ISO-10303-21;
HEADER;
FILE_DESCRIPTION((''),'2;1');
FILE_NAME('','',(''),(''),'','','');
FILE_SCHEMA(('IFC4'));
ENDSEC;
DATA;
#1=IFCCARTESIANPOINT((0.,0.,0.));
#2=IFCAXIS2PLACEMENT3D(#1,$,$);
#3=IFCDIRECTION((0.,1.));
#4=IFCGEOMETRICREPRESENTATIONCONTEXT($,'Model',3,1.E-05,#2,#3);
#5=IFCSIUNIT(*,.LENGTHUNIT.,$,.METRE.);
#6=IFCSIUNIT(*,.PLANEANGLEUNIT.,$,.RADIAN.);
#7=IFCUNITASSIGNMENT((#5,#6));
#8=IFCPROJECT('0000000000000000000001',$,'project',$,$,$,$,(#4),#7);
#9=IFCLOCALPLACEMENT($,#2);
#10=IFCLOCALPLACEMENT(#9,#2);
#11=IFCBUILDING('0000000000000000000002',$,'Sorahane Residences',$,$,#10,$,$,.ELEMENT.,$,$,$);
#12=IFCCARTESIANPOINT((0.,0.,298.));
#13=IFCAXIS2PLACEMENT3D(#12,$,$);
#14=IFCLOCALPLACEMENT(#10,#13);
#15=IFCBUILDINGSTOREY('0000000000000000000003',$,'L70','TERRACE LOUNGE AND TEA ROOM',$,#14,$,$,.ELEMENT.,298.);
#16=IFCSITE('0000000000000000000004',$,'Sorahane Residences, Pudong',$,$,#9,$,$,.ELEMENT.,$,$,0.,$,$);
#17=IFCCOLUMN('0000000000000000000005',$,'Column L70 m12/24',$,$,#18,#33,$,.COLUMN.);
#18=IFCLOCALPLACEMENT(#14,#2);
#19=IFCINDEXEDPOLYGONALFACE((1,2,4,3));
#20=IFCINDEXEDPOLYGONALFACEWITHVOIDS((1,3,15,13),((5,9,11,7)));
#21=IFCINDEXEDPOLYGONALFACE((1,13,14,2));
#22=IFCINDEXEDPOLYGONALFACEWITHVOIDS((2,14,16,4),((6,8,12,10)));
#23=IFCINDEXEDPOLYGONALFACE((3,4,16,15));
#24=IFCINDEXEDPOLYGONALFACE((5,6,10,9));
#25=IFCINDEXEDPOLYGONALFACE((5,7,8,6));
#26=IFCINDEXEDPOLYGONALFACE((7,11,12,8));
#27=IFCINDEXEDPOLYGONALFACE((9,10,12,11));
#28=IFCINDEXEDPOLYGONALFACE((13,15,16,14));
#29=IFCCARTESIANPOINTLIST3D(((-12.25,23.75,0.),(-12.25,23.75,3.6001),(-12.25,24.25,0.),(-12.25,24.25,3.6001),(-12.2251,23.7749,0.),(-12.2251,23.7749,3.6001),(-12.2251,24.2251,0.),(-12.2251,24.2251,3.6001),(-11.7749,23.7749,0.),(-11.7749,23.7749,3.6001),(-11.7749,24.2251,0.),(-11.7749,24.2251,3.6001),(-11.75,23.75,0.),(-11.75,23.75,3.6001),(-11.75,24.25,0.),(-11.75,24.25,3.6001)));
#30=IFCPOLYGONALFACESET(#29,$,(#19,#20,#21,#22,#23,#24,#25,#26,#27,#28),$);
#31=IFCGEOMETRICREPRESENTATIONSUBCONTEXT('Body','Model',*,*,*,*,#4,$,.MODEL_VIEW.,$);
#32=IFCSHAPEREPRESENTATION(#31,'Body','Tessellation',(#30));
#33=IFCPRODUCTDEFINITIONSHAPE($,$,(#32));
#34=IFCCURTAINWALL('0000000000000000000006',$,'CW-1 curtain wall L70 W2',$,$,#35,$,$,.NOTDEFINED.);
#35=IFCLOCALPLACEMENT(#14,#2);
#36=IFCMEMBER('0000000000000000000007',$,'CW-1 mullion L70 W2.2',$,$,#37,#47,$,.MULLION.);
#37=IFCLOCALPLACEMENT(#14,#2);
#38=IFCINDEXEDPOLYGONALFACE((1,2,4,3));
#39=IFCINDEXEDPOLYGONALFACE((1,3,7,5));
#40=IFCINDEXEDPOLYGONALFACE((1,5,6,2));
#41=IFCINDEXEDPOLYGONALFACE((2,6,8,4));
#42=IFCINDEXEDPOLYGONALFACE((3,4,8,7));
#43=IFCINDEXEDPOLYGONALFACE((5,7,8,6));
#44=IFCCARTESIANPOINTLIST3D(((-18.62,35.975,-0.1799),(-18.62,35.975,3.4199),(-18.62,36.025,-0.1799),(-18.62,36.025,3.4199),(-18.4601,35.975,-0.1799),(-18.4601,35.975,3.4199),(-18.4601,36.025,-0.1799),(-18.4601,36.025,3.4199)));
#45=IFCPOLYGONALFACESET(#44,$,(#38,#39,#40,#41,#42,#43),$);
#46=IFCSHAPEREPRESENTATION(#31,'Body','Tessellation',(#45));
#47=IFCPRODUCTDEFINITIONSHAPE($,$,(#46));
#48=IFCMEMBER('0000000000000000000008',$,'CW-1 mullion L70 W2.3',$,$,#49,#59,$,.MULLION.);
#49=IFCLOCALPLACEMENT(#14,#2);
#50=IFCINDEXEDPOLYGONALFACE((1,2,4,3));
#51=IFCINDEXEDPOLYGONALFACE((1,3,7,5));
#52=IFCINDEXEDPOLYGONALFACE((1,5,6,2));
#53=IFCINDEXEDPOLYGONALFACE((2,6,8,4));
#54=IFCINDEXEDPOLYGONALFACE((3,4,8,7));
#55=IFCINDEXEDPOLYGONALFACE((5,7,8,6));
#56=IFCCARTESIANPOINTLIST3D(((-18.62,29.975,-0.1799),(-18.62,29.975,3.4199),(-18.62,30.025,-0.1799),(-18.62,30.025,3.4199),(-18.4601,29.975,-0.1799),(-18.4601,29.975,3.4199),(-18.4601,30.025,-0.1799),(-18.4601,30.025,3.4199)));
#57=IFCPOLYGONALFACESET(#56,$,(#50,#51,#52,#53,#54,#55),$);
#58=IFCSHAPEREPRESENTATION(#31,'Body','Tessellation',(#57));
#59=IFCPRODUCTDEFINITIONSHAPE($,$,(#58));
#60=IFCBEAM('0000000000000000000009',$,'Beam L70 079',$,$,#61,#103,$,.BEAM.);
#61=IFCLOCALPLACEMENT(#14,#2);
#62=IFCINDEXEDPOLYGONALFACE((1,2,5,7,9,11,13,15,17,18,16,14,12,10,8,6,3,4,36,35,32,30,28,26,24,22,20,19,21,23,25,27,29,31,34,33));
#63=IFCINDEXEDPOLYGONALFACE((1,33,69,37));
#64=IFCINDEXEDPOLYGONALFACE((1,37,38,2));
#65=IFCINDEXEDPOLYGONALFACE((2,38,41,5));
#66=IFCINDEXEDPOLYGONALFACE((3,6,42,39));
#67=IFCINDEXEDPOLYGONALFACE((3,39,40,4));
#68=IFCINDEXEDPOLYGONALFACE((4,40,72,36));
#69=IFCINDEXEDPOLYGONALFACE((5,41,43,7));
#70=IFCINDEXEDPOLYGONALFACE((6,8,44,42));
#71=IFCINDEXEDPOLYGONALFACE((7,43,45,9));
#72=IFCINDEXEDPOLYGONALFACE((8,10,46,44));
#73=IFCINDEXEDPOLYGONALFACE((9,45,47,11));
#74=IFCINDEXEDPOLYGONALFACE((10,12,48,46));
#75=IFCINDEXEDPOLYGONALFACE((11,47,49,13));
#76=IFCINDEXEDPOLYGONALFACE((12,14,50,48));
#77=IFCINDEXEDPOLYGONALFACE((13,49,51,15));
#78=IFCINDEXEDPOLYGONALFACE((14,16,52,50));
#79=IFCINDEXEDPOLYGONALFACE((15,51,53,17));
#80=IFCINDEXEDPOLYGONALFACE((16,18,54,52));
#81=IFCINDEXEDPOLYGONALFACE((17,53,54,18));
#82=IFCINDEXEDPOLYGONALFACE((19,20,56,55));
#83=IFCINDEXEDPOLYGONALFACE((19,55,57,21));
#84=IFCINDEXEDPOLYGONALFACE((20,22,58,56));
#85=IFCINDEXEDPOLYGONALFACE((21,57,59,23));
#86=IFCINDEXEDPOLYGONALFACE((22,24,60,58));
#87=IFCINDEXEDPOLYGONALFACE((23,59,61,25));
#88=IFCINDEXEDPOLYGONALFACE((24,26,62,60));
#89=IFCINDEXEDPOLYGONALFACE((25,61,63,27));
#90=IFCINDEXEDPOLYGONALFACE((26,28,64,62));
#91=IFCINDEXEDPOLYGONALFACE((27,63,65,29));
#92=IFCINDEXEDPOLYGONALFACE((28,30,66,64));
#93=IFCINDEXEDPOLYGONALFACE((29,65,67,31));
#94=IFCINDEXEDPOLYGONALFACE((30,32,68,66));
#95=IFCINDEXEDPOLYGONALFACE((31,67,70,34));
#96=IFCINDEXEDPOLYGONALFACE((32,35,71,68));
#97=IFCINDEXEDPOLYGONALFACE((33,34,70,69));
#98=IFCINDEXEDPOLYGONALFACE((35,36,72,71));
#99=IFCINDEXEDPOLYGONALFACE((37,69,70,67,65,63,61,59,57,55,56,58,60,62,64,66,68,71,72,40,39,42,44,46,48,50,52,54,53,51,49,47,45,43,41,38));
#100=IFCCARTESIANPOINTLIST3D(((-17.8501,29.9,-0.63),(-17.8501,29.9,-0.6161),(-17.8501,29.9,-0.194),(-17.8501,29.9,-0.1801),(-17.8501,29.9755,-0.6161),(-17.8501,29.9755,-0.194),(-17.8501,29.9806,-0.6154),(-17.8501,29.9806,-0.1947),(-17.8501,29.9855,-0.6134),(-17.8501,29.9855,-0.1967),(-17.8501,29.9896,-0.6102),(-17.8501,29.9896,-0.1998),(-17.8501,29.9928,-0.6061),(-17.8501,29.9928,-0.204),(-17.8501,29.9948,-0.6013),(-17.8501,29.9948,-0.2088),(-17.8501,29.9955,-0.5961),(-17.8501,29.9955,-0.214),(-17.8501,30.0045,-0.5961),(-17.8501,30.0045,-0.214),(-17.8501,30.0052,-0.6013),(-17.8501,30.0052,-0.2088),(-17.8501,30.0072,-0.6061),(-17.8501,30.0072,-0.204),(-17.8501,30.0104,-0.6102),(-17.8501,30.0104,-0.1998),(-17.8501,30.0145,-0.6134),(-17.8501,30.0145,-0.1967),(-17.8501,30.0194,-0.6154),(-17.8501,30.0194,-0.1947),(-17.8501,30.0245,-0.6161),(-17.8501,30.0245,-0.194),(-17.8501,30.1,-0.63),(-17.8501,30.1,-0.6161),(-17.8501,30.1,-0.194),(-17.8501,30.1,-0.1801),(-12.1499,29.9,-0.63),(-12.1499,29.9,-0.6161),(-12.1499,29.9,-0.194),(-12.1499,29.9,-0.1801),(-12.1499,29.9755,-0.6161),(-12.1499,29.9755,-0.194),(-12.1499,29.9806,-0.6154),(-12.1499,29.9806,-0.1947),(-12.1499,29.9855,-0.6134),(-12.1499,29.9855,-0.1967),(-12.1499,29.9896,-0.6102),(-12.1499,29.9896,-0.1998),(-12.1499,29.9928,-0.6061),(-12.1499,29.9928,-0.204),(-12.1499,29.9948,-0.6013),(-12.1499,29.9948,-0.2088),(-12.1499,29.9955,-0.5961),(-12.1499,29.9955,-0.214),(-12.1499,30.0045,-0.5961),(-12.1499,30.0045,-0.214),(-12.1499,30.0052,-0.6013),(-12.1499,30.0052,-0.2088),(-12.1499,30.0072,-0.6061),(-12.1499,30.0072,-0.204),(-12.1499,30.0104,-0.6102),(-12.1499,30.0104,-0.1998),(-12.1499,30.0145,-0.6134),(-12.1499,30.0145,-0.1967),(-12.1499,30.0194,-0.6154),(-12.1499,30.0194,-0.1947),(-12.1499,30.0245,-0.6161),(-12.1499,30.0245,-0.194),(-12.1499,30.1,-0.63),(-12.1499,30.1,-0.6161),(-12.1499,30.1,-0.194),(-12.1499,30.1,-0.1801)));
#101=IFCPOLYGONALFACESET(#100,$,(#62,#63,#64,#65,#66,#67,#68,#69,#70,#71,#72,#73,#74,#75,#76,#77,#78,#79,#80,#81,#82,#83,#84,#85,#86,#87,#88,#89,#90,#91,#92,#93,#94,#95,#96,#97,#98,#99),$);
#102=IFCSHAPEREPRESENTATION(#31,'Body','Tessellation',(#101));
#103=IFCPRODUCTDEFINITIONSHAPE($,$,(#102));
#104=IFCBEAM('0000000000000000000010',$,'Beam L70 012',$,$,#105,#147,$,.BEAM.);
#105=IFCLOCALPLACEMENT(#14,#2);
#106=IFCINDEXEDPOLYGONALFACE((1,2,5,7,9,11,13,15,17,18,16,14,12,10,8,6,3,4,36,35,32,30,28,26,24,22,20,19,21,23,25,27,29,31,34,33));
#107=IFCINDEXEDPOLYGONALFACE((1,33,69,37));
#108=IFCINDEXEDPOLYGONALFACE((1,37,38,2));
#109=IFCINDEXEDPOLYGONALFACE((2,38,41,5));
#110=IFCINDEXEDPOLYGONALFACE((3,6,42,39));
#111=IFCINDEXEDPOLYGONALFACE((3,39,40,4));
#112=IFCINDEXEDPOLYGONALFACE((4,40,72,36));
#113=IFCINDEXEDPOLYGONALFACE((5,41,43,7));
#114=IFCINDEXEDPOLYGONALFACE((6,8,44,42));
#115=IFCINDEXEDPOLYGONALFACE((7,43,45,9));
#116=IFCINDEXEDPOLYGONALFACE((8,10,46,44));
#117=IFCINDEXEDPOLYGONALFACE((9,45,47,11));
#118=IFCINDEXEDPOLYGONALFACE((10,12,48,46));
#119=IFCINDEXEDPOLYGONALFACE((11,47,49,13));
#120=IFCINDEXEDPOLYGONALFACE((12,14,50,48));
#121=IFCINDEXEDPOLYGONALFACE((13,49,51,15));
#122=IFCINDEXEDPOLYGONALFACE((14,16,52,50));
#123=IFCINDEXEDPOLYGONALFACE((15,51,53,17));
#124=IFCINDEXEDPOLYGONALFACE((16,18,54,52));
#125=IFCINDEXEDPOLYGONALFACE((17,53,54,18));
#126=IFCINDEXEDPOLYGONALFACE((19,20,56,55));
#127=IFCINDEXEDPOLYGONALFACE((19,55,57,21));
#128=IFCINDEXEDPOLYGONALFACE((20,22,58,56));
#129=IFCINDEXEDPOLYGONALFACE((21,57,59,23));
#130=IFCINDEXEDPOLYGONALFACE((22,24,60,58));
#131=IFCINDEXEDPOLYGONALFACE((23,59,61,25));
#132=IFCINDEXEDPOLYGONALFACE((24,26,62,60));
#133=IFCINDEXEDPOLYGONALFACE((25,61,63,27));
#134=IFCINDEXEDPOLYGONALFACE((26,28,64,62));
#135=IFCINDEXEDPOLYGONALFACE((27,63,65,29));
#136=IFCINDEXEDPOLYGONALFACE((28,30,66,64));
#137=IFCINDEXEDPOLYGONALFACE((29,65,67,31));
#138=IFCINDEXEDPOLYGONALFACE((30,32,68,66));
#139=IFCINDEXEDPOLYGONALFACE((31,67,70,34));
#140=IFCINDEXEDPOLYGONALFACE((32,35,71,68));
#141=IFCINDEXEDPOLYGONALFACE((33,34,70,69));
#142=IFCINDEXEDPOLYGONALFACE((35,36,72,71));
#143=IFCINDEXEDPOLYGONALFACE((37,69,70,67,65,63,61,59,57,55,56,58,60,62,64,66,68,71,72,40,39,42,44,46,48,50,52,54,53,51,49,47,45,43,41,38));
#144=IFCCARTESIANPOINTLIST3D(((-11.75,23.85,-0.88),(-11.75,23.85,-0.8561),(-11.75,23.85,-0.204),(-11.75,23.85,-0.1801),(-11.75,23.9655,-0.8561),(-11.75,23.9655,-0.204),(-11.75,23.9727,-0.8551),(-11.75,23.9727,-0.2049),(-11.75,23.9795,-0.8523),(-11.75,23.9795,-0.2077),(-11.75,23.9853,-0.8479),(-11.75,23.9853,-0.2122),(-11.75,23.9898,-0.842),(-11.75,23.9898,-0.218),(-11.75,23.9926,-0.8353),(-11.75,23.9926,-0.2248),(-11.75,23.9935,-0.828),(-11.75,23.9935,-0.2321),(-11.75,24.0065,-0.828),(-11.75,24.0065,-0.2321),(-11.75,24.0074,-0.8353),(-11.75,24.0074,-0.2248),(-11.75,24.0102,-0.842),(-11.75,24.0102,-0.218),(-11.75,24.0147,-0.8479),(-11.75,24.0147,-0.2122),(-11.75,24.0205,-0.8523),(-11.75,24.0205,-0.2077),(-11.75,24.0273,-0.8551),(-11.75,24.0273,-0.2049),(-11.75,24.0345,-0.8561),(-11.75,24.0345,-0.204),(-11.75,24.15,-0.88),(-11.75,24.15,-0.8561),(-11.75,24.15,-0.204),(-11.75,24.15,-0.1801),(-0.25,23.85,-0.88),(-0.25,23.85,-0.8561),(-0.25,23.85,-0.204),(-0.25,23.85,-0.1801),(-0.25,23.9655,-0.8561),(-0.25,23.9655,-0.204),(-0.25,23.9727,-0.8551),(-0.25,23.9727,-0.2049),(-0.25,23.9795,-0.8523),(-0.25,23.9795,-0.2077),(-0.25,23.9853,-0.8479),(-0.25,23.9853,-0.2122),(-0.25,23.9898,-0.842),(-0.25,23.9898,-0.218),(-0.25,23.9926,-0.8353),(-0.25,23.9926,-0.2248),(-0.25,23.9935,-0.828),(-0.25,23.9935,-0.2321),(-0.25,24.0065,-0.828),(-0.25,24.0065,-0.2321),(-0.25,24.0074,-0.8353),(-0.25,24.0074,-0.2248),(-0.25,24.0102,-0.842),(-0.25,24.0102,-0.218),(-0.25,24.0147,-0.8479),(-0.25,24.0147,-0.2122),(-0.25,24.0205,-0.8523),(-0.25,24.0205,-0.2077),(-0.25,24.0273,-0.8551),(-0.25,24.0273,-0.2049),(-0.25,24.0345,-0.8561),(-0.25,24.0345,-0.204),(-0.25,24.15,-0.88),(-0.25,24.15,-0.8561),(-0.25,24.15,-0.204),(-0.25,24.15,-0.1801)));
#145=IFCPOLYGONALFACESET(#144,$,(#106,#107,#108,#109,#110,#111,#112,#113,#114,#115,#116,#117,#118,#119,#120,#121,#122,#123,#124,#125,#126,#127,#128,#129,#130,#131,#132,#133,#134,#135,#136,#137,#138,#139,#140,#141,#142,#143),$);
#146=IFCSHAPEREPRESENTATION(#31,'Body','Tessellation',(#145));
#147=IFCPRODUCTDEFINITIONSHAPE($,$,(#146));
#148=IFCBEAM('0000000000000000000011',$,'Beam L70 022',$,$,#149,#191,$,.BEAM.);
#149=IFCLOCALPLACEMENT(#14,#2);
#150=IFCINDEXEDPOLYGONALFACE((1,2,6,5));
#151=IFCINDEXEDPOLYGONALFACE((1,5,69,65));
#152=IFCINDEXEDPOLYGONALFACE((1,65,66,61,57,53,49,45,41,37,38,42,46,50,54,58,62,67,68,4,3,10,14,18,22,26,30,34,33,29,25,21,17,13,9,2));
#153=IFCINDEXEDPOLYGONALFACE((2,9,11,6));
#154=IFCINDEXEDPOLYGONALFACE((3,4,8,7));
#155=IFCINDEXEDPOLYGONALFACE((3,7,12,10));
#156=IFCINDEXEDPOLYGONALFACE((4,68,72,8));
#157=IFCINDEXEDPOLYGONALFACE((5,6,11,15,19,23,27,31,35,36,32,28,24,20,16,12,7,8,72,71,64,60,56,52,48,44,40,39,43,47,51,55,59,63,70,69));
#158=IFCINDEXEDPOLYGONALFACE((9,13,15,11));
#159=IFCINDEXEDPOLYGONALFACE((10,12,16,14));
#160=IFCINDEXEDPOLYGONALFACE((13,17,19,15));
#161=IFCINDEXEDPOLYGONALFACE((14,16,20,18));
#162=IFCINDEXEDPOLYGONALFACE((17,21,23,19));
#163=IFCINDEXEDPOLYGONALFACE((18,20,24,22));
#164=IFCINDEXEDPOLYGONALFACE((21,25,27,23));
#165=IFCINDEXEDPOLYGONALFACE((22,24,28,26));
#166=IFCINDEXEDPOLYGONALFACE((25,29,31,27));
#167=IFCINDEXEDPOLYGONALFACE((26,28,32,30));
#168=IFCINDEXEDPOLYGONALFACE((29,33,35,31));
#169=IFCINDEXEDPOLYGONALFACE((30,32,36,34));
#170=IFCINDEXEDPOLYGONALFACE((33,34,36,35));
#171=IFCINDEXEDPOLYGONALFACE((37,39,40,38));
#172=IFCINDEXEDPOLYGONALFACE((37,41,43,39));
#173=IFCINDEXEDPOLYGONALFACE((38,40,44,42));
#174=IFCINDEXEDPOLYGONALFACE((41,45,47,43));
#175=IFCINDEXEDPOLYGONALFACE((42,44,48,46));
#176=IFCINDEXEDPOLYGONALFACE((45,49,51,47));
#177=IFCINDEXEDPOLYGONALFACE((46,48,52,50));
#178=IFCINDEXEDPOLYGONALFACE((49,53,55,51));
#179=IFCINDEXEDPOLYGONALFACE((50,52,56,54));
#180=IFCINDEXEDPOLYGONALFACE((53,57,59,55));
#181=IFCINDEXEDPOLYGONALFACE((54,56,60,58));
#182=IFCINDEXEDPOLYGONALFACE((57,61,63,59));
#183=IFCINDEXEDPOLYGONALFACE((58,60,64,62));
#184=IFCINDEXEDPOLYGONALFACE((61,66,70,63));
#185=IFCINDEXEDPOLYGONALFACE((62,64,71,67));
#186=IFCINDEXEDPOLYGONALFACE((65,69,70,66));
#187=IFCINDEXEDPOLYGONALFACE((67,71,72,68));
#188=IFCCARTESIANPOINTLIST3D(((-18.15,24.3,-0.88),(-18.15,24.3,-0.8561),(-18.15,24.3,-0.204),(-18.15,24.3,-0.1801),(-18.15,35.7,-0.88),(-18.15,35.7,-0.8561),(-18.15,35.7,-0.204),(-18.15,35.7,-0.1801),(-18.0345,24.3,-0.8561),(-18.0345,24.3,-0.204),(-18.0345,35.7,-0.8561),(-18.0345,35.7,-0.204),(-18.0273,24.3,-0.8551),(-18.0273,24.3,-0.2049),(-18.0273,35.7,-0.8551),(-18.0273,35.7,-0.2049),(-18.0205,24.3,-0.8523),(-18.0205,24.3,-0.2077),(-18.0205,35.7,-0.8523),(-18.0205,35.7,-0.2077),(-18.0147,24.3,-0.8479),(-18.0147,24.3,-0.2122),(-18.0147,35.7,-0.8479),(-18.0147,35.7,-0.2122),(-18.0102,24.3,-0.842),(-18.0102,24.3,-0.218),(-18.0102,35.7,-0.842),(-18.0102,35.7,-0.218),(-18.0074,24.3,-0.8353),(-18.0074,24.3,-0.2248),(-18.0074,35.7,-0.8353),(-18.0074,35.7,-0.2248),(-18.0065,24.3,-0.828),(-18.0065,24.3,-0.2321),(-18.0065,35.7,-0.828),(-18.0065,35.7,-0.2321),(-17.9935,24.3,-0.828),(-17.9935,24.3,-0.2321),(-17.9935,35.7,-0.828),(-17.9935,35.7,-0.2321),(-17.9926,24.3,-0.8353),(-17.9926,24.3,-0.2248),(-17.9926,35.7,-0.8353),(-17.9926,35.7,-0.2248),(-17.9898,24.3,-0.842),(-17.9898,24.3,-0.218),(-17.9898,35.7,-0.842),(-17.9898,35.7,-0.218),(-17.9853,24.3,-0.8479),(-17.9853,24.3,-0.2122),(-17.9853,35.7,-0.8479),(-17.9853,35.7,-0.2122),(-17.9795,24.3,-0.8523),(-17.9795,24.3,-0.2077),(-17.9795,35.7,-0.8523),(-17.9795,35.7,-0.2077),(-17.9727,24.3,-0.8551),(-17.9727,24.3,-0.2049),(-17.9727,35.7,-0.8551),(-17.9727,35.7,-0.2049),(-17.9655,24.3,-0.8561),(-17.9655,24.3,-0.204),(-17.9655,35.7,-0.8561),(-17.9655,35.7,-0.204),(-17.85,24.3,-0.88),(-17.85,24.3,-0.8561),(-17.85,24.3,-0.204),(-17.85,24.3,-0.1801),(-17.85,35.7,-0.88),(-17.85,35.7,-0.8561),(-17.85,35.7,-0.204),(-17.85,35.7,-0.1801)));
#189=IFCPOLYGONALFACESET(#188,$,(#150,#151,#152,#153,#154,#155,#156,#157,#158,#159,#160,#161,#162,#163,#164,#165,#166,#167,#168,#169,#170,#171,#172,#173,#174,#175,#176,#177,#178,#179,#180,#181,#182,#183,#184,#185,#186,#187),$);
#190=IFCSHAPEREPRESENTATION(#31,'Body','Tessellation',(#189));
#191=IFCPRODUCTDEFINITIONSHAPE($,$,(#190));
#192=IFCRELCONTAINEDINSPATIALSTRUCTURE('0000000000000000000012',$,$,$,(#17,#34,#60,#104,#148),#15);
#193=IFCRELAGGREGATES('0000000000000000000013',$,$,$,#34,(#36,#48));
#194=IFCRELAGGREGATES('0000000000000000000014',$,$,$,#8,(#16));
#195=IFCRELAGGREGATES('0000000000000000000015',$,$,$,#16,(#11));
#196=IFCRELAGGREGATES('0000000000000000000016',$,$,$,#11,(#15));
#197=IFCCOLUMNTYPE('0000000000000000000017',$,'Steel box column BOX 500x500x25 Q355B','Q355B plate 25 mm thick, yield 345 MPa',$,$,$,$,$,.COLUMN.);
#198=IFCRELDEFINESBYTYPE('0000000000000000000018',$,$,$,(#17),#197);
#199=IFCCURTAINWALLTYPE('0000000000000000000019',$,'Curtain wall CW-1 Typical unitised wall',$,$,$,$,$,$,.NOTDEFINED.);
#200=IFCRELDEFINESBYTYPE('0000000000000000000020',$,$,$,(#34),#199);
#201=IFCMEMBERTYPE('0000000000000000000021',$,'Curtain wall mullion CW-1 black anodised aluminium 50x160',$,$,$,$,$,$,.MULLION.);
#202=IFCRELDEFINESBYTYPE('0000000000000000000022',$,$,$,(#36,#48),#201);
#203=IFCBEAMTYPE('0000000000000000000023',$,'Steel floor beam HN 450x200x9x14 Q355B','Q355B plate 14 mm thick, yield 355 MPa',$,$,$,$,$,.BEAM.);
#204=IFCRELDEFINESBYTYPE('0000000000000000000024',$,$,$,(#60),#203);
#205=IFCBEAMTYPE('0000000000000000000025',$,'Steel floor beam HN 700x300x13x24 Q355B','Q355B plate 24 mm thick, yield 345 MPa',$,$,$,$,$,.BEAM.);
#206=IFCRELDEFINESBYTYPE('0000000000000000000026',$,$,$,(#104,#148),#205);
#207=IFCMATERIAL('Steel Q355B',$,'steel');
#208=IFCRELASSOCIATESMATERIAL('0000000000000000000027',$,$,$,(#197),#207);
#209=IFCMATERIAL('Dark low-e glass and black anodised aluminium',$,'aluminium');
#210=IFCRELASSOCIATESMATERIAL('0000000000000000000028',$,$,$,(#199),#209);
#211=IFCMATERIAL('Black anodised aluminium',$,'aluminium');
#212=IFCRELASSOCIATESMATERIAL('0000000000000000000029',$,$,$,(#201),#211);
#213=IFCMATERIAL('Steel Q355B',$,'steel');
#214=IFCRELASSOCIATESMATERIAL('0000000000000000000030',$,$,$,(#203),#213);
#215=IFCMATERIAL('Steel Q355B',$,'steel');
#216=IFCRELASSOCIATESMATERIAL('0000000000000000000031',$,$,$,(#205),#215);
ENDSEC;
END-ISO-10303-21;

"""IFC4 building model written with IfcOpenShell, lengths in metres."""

from ifc_helpers import new_model, si_unit, direction, frame, origin, origin_2d, place, context, subcontext, project, spatial, rectangle, hollow_rectangle, i_section, extrude, material, material_profile, profile_set, type_object, element, aggregate, save


model = new_model("IFC4")

# Units and contexts
model_context = context("Model", 3, precision=1e-05, world=origin(), true_north=direction((0.0, 1.0)))
body_context = subcontext(model_context, "Body", "Model", "MODEL_VIEW")
ifc_project = project(units=[si_unit("LENGTHUNIT", "METRE"), si_unit("PLANEANGLEUNIT", "RADIAN")], contexts=[model_context])

# Site, building, storey
site_placement = place(None, origin())
site = spatial("IfcSite", under=ifc_project, at=site_placement, Name="Sorahane Residences, Pudong", CompositionType="ELEMENT", RefElevation=0.0)
building_placement = place(site_placement, origin())
building = spatial("IfcBuilding", under=site, at=building_placement, Name="Sorahane Residences", CompositionType="ELEMENT")
storey_placement = place(building_placement, frame((0.0, 0.0, 298.0)))
storey = spatial("IfcBuildingStorey", under=building, at=storey_placement, Name="L70", Description="TERRACE LOUNGE AND TEA ROOM", CompositionType="ELEMENT", Elevation=298.0)

# Column
ifc_material_1 = material(Name="Steel Q355B", Category="steel")
ifc_material_profile_1 = material_profile(ifc_material_1, hollow_rectangle(XDim=0.5, YDim=0.5, WallThickness=0.0249, at=origin_2d()), Name="BOX 500x500x25")
ifc_profile_set_1 = profile_set([ifc_material_profile_1], Name="Steel Q355B")
column_type = type_object("IfcColumnType", Name="Steel box column BOX 500x500x25 Q355B", Description="Q355B plate 25 mm thick, yield 345 MPa", PredefinedType="COLUMN", material=ifc_profile_set_1)
column_placement = place(storey_placement, frame((-12.0, 24.0, 0.0), z_axis=(0.0, 0.0, 1.0), x_axis=(1.0, 0.0, 0.0)))
element("IfcColumn", 1, at=column_placement, inside=storey, type_object=column_type, Name="Column L70 m12/24", PredefinedType="COLUMN", context=body_context, shape_type="SweptSolid", body=[
    extrude(hollow_rectangle(XDim=0.5, YDim=0.5, WallThickness=0.0249, at=origin_2d()), origin(), (0.0, 0.0, 1.0), 3.6001),
])

# Curtain wall, members
ifc_material_2 = material(Name="Dark low-e glass and black anodised aluminium", Category="aluminium")
curtain_wall_type = type_object("IfcCurtainWallType", Name="Curtain wall CW-1 Typical unitised wall", PredefinedType="NOTDEFINED", material=ifc_material_2)
curtain_wall_placement = place(storey_placement, origin())
curtain_wall = element("IfcCurtainWall", 2, at=curtain_wall_placement, inside=storey, type_object=curtain_wall_type, Name="CW-1 curtain wall L70 W2", PredefinedType="NOTDEFINED")
ifc_material_3 = material(Name="Black anodised aluminium", Category="aluminium")
ifc_material_profile_2 = material_profile(ifc_material_3, rectangle(XDim=0.1599, YDim=0.05, at=origin_2d()), Name="Curtain wall mullion CW-1 black anodised aluminium 50x160")
ifc_profile_set_2 = profile_set([ifc_material_profile_2], Name="Black anodised aluminium")
member_type = type_object("IfcMemberType", Name="Curtain wall mullion CW-1 black anodised aluminium 50x160", PredefinedType="MULLION", material=ifc_profile_set_2)
member_1_placement = place(storey_placement, frame((-18.54, 36.0, -0.1799), z_axis=(0.0, 0.0, 1.0), x_axis=(-1.0, 0.0, 0.0)))
member_1 = element("IfcMember", 3, at=member_1_placement, type_object=member_type, Name="CW-1 mullion L70 W2.2", PredefinedType="MULLION", context=body_context, shape_type="SweptSolid", body=[
    extrude(rectangle(XDim=0.1599, YDim=0.05, at=origin_2d()), origin(), (0.0, 0.0, 1.0), 3.5999),
])
member_2_placement = place(storey_placement, frame((-18.54, 30.0, -0.1799), z_axis=(0.0, 0.0, 1.0), x_axis=(-1.0, 0.0, 0.0)))
member_2 = element("IfcMember", 4, at=member_2_placement, type_object=member_type, Name="CW-1 mullion L70 W2.3", PredefinedType="MULLION", context=body_context, shape_type="SweptSolid", body=[
    extrude(rectangle(XDim=0.1599, YDim=0.05, at=origin_2d()), origin(), (0.0, 0.0, 1.0), 3.5999),
])

# Beams
ifc_material_4 = material(Name="Steel Q355B", Category="steel")
ifc_material_profile_3 = material_profile(ifc_material_4, i_section(OverallWidth=0.2, OverallDepth=0.45, WebThickness=0.009, FlangeThickness=0.0139, FilletRadius=0.02, at=origin_2d()), Name="HN 450x200x9x14")
ifc_profile_set_3 = profile_set([ifc_material_profile_3], Name="Steel Q355B")
beam_type_1 = type_object("IfcBeamType", Name="Steel floor beam HN 450x200x9x14 Q355B", Description="Q355B plate 14 mm thick, yield 355 MPa", PredefinedType="BEAM", material=ifc_profile_set_3)
beam_1_placement = place(storey_placement, frame((-17.8501, 30.0, -0.405), z_axis=(1.0, 0.0, 0.0), x_axis=(0.0, 1.0, 0.0)))
element("IfcBeam", 5, at=beam_1_placement, inside=storey, type_object=beam_type_1, Name="Beam L70 079", PredefinedType="BEAM", context=body_context, shape_type="SweptSolid", body=[
    extrude(i_section(OverallWidth=0.2, OverallDepth=0.45, WebThickness=0.009, FlangeThickness=0.0139, FilletRadius=0.02, at=origin_2d()), origin(), (0.0, 0.0, 1.0), 5.7002),
])
ifc_material_5 = material(Name="Steel Q355B", Category="steel")
ifc_material_profile_4 = material_profile(ifc_material_5, i_section(OverallWidth=0.3, OverallDepth=0.7, WebThickness=0.0129, FlangeThickness=0.0239, FilletRadius=0.0281, at=origin_2d()), Name="HN 700x300x13x24")
ifc_profile_set_4 = profile_set([ifc_material_profile_4], Name="Steel Q355B")
beam_type_2 = type_object("IfcBeamType", Name="Steel floor beam HN 700x300x13x24 Q355B", Description="Q355B plate 24 mm thick, yield 345 MPa", PredefinedType="BEAM", material=ifc_profile_set_4)
beam_2_placement = place(storey_placement, frame((-11.75, 24.0, -0.53), z_axis=(1.0, 0.0, 0.0), x_axis=(0.0, 1.0, 0.0)))
element("IfcBeam", 6, at=beam_2_placement, inside=storey, type_object=beam_type_2, Name="Beam L70 012", PredefinedType="BEAM", context=body_context, shape_type="SweptSolid", body=[
    extrude(i_section(OverallWidth=0.3, OverallDepth=0.7, WebThickness=0.0129, FlangeThickness=0.0239, FilletRadius=0.0281, at=origin_2d()), origin(), (0.0, 0.0, 1.0), 11.5),
])
beam_3_placement = place(storey_placement, frame((-18.0, 24.3, -0.53), z_axis=(0.0, 1.0, 0.0), x_axis=(-1.0, 0.0, 0.0)))
element("IfcBeam", 7, at=beam_3_placement, inside=storey, type_object=beam_type_2, Name="Beam L70 022", PredefinedType="BEAM", context=body_context, shape_type="SweptSolid", body=[
    extrude(i_section(OverallWidth=0.3, OverallDepth=0.7, WebThickness=0.0129, FlangeThickness=0.0239, FilletRadius=0.0281, at=origin_2d()), origin(), (0.0, 0.0, 1.0), 11.3999),
])

aggregate(curtain_wall, [member_1, member_2])

save(model, "model.ifc")
